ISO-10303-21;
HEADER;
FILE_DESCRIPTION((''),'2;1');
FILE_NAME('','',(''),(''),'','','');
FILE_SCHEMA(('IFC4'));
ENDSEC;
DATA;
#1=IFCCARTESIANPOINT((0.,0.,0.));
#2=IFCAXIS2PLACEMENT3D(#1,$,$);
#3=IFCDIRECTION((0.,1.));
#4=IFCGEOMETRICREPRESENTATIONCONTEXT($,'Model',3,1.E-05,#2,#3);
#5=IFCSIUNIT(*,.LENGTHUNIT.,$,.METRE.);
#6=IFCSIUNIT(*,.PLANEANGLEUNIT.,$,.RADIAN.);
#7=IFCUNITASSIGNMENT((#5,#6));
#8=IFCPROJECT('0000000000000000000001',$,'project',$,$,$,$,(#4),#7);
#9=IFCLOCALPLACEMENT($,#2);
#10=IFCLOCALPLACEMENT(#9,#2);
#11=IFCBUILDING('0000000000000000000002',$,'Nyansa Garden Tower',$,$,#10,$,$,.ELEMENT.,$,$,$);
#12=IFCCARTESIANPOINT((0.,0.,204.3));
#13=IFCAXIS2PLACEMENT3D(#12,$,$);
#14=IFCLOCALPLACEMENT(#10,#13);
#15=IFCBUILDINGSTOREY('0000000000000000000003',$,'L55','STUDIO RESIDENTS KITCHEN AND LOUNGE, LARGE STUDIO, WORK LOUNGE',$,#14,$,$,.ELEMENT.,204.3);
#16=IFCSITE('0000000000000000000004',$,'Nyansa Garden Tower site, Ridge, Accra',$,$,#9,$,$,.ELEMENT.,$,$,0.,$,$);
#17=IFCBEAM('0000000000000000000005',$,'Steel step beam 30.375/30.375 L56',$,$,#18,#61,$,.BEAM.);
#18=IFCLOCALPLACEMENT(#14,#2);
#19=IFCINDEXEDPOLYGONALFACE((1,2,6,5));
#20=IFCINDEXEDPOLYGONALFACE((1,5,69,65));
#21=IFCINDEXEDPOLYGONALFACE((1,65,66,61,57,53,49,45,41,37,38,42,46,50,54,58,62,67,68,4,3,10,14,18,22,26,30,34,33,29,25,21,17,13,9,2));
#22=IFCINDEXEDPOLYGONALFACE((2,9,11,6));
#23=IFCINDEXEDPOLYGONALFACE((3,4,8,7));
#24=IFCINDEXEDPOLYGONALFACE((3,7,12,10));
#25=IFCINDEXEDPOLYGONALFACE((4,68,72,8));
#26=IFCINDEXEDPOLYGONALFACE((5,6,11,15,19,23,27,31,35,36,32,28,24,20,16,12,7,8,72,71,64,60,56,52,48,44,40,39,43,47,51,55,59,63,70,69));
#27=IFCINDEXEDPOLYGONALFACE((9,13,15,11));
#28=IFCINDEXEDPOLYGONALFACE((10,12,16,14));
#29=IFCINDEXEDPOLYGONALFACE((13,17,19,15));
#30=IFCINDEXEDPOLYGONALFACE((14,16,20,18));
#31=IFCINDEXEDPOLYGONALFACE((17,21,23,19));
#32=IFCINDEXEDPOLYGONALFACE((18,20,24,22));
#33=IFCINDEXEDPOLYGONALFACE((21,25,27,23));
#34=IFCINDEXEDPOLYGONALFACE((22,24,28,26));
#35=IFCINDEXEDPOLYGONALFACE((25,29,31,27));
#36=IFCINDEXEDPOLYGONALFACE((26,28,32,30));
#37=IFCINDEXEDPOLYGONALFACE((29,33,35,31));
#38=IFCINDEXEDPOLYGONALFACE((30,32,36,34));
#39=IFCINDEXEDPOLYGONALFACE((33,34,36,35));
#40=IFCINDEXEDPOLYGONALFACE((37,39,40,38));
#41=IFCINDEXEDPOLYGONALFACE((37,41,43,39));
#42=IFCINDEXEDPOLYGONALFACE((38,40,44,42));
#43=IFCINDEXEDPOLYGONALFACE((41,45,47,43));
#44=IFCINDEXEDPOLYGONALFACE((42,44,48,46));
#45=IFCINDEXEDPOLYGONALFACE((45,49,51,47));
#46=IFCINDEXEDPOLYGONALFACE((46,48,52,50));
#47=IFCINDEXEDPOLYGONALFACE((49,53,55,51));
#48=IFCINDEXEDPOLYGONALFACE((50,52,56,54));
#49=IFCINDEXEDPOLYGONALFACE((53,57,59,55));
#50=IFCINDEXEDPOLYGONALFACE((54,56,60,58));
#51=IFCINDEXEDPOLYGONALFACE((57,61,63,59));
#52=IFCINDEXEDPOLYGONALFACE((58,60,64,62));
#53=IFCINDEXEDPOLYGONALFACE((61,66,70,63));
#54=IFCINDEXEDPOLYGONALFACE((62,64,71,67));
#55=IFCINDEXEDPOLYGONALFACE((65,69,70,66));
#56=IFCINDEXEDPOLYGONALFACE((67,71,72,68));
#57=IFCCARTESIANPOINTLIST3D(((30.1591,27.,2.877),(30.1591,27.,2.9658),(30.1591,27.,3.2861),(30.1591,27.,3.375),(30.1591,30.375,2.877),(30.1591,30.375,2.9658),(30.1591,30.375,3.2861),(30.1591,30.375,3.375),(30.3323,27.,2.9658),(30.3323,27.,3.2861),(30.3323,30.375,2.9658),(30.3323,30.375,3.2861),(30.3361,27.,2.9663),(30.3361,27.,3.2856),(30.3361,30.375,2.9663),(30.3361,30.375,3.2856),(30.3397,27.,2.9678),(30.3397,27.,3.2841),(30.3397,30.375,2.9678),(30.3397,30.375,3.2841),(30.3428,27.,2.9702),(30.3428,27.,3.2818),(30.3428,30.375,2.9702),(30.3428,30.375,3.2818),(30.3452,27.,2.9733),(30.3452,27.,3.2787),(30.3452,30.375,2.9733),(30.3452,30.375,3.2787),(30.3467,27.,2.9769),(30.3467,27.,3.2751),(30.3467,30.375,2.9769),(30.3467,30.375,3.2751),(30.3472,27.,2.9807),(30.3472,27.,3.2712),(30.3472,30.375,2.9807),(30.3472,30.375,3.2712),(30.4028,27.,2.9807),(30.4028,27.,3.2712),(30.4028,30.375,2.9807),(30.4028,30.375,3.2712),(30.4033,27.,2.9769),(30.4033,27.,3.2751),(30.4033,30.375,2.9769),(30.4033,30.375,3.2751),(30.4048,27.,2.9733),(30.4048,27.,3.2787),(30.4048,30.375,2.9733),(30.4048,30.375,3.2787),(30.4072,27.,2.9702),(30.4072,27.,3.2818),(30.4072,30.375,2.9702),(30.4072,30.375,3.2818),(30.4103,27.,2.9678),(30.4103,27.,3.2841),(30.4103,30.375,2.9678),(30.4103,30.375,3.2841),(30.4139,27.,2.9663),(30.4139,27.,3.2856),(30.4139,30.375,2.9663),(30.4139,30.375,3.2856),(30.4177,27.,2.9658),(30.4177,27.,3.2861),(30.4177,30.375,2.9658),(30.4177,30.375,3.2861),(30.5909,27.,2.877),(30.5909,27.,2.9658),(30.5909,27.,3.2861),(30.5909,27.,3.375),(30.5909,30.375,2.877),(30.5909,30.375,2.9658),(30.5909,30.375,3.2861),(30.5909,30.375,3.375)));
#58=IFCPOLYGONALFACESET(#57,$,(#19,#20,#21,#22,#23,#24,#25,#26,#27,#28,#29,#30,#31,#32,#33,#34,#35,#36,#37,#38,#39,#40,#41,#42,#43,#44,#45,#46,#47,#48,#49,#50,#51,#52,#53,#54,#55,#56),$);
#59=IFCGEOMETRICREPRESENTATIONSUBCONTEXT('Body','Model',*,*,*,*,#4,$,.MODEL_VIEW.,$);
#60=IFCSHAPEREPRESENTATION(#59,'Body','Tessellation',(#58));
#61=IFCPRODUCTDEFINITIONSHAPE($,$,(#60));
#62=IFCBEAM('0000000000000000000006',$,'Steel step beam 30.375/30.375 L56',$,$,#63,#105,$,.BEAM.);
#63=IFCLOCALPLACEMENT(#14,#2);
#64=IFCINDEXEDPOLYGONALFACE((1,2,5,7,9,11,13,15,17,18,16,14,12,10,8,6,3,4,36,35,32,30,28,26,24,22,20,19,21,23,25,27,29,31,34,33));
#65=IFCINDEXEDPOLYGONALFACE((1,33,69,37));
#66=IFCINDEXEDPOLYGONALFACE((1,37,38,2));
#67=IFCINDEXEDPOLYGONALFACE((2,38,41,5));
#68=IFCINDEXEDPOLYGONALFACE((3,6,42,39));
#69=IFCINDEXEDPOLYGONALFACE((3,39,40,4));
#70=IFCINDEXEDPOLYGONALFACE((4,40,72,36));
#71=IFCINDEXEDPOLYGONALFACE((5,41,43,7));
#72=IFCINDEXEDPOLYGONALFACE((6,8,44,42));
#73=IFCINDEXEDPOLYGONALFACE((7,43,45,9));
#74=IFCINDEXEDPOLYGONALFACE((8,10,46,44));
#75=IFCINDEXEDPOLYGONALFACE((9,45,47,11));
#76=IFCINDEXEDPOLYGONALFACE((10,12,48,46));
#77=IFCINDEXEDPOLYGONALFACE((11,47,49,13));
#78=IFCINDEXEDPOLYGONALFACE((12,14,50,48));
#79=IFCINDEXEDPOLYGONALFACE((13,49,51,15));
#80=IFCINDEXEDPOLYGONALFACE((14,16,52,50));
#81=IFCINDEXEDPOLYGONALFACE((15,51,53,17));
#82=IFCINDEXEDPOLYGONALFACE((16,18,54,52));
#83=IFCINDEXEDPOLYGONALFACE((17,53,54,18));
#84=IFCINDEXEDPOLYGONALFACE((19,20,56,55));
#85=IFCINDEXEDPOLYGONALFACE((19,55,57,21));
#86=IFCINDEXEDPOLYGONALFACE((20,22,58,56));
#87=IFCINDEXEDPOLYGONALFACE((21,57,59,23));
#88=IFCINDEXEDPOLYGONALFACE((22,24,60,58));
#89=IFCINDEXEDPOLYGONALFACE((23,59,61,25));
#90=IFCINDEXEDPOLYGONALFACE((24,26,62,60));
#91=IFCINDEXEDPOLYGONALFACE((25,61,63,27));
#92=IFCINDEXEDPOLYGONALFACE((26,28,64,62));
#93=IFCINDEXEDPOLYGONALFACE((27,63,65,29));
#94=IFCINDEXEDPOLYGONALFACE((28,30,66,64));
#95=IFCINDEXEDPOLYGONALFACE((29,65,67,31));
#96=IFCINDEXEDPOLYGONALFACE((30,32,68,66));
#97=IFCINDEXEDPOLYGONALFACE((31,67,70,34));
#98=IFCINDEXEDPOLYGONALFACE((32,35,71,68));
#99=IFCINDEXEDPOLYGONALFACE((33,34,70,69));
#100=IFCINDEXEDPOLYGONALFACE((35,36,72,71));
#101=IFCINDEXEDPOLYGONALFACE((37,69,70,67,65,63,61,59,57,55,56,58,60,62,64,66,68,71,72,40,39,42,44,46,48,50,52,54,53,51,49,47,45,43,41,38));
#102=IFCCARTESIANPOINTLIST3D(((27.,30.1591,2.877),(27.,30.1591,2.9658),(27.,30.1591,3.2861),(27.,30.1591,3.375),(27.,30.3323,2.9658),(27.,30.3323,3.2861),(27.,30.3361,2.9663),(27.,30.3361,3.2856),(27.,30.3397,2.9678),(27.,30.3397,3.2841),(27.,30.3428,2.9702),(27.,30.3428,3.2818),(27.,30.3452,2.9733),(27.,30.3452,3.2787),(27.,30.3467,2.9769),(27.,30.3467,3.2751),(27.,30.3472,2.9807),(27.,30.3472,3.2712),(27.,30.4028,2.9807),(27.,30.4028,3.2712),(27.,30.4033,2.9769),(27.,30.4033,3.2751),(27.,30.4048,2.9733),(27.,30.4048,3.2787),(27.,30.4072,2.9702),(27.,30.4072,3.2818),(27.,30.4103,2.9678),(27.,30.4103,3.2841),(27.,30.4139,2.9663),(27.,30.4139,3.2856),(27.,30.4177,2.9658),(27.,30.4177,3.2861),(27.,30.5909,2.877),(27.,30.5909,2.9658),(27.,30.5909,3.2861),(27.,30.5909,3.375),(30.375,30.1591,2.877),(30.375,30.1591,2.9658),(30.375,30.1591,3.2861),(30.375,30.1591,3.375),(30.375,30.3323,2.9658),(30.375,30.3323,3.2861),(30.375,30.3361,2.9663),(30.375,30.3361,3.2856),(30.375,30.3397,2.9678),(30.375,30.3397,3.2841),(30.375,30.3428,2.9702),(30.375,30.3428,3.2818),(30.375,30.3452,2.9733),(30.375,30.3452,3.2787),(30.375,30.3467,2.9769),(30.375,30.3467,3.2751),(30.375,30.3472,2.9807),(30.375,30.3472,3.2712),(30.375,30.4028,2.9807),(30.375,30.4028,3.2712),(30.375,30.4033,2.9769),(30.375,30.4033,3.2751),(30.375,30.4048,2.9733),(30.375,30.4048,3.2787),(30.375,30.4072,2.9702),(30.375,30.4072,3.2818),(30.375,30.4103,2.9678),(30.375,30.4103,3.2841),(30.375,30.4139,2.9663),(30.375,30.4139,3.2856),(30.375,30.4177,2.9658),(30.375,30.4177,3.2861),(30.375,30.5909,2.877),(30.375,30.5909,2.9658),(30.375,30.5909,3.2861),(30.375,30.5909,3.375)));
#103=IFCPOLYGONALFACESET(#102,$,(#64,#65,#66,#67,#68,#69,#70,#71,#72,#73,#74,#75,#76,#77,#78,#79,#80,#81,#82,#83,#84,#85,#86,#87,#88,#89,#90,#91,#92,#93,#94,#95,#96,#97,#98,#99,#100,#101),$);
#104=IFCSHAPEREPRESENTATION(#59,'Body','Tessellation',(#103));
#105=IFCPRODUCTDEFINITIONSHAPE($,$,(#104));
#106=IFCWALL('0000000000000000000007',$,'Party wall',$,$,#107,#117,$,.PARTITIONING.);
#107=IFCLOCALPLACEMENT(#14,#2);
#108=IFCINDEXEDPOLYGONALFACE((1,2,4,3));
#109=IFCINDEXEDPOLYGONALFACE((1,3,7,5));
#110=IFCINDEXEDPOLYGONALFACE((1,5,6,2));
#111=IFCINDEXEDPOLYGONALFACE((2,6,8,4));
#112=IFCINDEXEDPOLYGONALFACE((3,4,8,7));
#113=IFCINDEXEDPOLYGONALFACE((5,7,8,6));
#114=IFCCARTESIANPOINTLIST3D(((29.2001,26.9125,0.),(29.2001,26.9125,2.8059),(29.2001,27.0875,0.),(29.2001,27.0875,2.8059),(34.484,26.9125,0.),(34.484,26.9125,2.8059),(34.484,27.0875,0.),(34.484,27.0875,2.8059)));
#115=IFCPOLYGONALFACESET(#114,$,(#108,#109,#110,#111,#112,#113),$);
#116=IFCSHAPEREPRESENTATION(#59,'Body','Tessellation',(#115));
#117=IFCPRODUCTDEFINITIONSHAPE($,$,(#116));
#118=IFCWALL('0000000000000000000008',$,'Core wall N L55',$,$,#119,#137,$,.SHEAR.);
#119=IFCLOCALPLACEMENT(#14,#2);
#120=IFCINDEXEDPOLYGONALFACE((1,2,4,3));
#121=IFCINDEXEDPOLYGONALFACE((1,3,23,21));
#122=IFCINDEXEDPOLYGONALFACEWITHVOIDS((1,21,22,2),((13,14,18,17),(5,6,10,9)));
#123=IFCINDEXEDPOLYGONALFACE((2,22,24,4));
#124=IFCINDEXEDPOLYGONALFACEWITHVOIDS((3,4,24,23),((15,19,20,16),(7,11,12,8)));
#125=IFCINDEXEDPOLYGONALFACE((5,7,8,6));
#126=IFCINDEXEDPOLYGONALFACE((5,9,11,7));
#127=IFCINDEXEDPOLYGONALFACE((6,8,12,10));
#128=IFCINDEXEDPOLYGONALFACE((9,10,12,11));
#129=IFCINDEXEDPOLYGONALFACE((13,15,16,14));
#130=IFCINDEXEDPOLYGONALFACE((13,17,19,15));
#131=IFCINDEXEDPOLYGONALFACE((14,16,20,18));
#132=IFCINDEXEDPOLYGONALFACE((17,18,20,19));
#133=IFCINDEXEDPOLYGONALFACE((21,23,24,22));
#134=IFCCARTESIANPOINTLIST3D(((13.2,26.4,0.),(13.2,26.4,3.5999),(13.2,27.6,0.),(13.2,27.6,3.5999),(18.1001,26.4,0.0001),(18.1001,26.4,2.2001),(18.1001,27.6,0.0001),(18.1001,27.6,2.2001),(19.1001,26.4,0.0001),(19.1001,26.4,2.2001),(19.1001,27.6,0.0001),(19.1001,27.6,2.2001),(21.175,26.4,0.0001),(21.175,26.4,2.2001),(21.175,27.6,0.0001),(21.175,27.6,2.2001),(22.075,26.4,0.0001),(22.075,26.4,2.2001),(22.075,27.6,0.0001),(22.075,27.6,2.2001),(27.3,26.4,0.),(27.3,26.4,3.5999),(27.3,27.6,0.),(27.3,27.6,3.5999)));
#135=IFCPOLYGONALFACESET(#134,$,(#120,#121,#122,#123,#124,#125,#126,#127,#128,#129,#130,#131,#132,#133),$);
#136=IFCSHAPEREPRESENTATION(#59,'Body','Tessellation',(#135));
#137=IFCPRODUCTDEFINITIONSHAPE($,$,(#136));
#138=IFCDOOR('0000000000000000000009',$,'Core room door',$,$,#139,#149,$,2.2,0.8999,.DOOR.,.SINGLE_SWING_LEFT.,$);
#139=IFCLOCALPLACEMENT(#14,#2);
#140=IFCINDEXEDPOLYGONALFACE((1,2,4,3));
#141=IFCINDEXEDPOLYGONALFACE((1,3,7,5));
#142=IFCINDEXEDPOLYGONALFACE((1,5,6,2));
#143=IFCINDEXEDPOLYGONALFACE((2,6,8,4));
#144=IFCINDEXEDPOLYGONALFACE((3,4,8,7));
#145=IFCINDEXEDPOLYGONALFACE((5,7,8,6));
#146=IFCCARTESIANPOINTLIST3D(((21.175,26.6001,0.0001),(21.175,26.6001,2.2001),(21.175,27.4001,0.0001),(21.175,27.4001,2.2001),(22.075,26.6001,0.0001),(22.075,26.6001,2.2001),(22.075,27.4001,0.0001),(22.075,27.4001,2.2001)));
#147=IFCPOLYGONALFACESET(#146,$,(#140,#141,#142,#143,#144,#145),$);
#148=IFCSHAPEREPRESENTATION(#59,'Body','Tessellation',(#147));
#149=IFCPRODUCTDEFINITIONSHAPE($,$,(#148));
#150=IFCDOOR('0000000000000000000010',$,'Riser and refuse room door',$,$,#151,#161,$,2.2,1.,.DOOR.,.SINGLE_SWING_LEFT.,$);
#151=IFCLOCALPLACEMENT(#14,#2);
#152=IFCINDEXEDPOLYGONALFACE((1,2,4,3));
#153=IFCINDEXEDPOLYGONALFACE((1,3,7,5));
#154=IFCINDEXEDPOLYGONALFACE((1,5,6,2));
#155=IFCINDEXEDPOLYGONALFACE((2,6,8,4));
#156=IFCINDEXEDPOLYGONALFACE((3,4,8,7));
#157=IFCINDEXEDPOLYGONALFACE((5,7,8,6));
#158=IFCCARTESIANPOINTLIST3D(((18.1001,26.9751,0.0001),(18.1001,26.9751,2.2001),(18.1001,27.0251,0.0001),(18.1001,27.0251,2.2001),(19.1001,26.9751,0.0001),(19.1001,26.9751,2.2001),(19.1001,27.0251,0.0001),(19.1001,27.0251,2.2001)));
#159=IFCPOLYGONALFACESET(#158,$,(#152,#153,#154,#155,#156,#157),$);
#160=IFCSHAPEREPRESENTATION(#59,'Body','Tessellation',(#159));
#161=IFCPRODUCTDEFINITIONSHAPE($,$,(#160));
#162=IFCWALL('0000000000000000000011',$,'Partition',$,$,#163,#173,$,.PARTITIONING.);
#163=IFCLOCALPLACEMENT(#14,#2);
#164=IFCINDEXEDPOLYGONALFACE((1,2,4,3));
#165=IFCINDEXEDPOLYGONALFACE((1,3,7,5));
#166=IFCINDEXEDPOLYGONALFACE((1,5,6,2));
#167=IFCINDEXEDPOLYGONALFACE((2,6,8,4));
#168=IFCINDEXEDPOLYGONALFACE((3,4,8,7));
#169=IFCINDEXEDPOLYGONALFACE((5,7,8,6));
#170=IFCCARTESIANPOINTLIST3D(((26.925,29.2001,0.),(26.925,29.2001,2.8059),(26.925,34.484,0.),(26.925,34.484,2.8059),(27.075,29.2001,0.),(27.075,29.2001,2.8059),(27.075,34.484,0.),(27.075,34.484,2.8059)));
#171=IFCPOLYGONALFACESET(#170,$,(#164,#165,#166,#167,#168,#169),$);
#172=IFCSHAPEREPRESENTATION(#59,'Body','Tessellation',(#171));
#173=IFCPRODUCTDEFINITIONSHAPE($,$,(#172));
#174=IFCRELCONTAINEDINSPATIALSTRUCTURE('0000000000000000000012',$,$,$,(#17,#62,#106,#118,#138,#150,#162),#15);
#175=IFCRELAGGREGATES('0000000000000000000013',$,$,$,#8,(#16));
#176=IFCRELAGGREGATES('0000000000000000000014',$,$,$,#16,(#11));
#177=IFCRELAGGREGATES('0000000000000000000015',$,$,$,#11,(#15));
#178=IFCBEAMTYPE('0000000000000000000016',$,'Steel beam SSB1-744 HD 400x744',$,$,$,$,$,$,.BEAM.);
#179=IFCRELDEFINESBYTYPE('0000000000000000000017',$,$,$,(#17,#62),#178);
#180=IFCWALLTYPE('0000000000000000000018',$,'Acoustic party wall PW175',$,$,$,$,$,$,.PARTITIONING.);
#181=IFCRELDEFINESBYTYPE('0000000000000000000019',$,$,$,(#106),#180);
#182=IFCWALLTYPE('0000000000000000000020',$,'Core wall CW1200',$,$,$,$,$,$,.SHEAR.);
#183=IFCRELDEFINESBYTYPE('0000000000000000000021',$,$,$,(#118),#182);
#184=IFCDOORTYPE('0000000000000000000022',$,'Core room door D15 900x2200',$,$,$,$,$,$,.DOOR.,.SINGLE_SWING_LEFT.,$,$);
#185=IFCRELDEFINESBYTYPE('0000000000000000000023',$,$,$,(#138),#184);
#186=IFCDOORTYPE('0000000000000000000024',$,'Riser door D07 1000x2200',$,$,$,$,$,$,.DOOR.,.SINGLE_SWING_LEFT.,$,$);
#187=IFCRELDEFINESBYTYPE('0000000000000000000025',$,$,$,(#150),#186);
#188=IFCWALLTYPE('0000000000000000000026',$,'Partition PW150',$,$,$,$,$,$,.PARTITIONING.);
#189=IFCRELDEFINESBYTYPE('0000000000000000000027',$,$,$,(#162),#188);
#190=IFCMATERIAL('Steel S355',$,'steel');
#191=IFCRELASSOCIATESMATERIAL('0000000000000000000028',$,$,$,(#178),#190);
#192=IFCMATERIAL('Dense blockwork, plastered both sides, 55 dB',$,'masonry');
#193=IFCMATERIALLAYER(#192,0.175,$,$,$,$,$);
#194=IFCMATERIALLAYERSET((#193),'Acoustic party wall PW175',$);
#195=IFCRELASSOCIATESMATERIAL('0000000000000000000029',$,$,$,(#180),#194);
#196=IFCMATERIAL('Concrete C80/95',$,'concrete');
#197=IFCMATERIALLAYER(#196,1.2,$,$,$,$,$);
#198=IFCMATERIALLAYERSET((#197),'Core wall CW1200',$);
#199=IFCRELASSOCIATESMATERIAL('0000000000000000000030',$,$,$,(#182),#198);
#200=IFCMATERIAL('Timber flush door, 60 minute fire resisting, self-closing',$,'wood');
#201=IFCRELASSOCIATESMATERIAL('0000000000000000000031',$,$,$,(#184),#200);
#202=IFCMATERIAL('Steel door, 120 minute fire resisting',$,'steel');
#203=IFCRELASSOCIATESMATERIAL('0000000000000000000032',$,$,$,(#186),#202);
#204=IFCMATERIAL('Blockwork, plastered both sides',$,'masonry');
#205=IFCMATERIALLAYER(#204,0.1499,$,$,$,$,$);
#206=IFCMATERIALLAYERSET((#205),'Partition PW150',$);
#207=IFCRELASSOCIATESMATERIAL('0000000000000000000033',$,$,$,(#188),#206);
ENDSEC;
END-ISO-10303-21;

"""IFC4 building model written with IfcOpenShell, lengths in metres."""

from ifc_helpers import new_model, si_unit, direction, frame, frame_2d, origin, origin_2d, place, context, subcontext, project, spatial, rectangle, i_section, extrude, material, layer, layer_set, material_profile, profile_set, type_object, element, fill, save


model = new_model("IFC4")

# Units and contexts
model_context = context("Model", 3, precision=1e-05, world=origin(), true_north=direction((0.0, 1.0)))
body_context = subcontext(model_context, "Body", "Model", "MODEL_VIEW")
ifc_project = project(units=[si_unit("LENGTHUNIT", "METRE"), si_unit("PLANEANGLEUNIT", "RADIAN")], contexts=[model_context])

# Site, building, storey
site_placement = place(None, origin())
site = spatial("IfcSite", under=ifc_project, at=site_placement, Name="Nyansa Garden Tower site, Ridge, Accra", CompositionType="ELEMENT", RefElevation=0.0)
building_placement = place(site_placement, origin())
building = spatial("IfcBuilding", under=site, at=building_placement, Name="Nyansa Garden Tower", CompositionType="ELEMENT")
storey_placement = place(building_placement, frame((0.0, 0.0, 204.3)))
storey = spatial("IfcBuildingStorey", under=building, at=storey_placement, Name="L55", Description="STUDIO RESIDENTS KITCHEN AND LOUNGE, LARGE STUDIO, WORK LOUNGE", CompositionType="ELEMENT", Elevation=204.3)

# Beams
ifc_material_1 = material(Name="Steel S355", Category="steel")
ifc_material_profile_1 = material_profile(ifc_material_1, i_section(OverallWidth=0.4319, OverallDepth=0.498, WebThickness=0.0557, FlangeThickness=0.0889, FilletRadius=0.0149, at=origin_2d()), Name="HD 400x744")
ifc_profile_set_1 = profile_set([ifc_material_profile_1], Name="Steel S355")
beam_type_1 = type_object("IfcBeamType", Name="Steel beam SSB1-744 HD 400x744", PredefinedType="BEAM", material=ifc_profile_set_1)
for number, where, z_axis, x_axis, name in (
    (1, (30.375, 30.375, 3.126), (0.0, -1.0, 0.0), (1.0, 0.0, 0.0), "Steel step beam 30.375/30.375 L56"),
    (2, (30.375, 30.375, 3.126), (-1.0, 0.0, 0.0), (0.0, -1.0, 0.0), "Steel step beam 30.375/30.375 L56"),
):
    element("IfcBeam", number, at=place(storey_placement, frame(where, z_axis=z_axis, x_axis=x_axis)), inside=storey, type_object=beam_type_1, Name=name, PredefinedType="BEAM", context=body_context, shape_type="SweptSolid", body=[
        extrude(i_section(OverallWidth=0.4319, OverallDepth=0.498, WebThickness=0.0557, FlangeThickness=0.0889, FilletRadius=0.0149, at=origin_2d()), origin(), (0.0, 0.0, 1.0), 3.375),
    ])

# Wall
ifc_material_2 = material(Name="Dense blockwork, plastered both sides, 55 dB", Category="masonry")
ifc_layer_1 = layer(ifc_material_2, 0.175)
ifc_layer_set_1 = layer_set([ifc_layer_1], Name="Acoustic party wall PW175")
wall_type_1 = type_object("IfcWallType", Name="Acoustic party wall PW175", PredefinedType="PARTITIONING", material=ifc_layer_set_1)
wall_1_placement = place(storey_placement, frame((29.2, 27.0, 0.0), z_axis=(0.0, 0.0, 1.0), x_axis=(1.0, 0.0, 0.0)))
element("IfcWall", 3, at=wall_1_placement, inside=storey, type_object=wall_type_1, Name="Party wall", PredefinedType="PARTITIONING", context=body_context, shape_type="SweptSolid", body=[
    extrude(rectangle(XDim=5.2839, YDim=0.175, at=frame_2d((2.6421, 0.0))), origin(), (0.0, 0.0, 1.0), 2.8059),
])

# Wall, openings, doors
ifc_material_3 = material(Name="Concrete C80/95", Category="concrete")
ifc_layer_2 = layer(ifc_material_3, 1.2)
ifc_layer_set_2 = layer_set([ifc_layer_2], Name="Core wall CW1200")
wall_type_2 = type_object("IfcWallType", Name="Core wall CW1200", PredefinedType="SHEAR", material=ifc_layer_set_2)
wall_2_placement = place(storey_placement, frame((27.3, 27.0, 0.0), z_axis=(0.0, 0.0, 1.0), x_axis=(-1.0, 0.0, 0.0)))
wall_2 = element("IfcWall", 4, at=wall_2_placement, inside=storey, type_object=wall_type_2, Name="Core wall N L55", PredefinedType="SHEAR", context=body_context, shape_type="SweptSolid", body=[
    extrude(rectangle(XDim=14.1001, YDim=1.2, at=frame_2d((7.05, 0.0))), origin(), (0.0, 0.0, 1.0), 3.5999),
])
opening_1_placement = place(wall_2_placement, frame((5.2251, 0.0, 0.0)))
opening_1 = element("IfcOpeningElement", 5, at=opening_1_placement, cuts=wall_2, PredefinedType="OPENING", context=body_context, shape_type="SweptSolid", body=[
    extrude(rectangle(XDim=0.8999, YDim=2.2, at=frame_2d((0.45, 1.1001))), frame((0.0, 0.6099, 0.0), z_axis=(0.0, -1.0, 0.0), x_axis=(1.0, 0.0, 0.0)), (0.0, 0.0, 1.0), 1.22),
])
opening_2_placement = place(wall_2_placement, frame((8.2, 0.0, 0.0)))
opening_2 = element("IfcOpeningElement", 6, at=opening_2_placement, cuts=wall_2, PredefinedType="OPENING", context=body_context, shape_type="SweptSolid", body=[
    extrude(rectangle(XDim=1.0, YDim=2.2, at=frame_2d((0.5, 1.1001))), frame((0.0, 0.6099, 0.0), z_axis=(0.0, -1.0, 0.0), x_axis=(1.0, 0.0, 0.0)), (0.0, 0.0, 1.0), 1.22),
])
ifc_material_4 = material(Name="Timber flush door, 60 minute fire resisting, self-closing", Category="wood")
door_type_1 = type_object("IfcDoorType", Name="Core room door D15 900x2200", OperationType="SINGLE_SWING_LEFT", PredefinedType="DOOR", material=ifc_material_4)
door_1_placement = place(opening_1_placement, origin())
door_1 = element("IfcDoor", 7, at=door_1_placement, inside=storey, type_object=door_type_1, Name="Core room door", OperationType="SINGLE_SWING_LEFT", OverallHeight=2.2, OverallWidth=0.8999, PredefinedType="DOOR", context=body_context, shape_type="SweptSolid", body=[
    extrude(rectangle(XDim=0.8999, YDim=2.2, at=frame_2d((0.45, 1.1001))), frame((0.0, 0.3999, 0.0), z_axis=(0.0, -1.0, 0.0), x_axis=(1.0, 0.0, 0.0)), (0.0, 0.0, 1.0), 0.8),
])
fill(opening_1, door_1)
ifc_material_5 = material(Name="Steel door, 120 minute fire resisting", Category="steel")
door_type_2 = type_object("IfcDoorType", Name="Riser door D07 1000x2200", OperationType="SINGLE_SWING_LEFT", PredefinedType="DOOR", material=ifc_material_5)
door_2_placement = place(opening_2_placement, origin())
door_2 = element("IfcDoor", 8, at=door_2_placement, inside=storey, type_object=door_type_2, Name="Riser and refuse room door", OperationType="SINGLE_SWING_LEFT", OverallHeight=2.2, OverallWidth=1.0, PredefinedType="DOOR", context=body_context, shape_type="SweptSolid", body=[
    extrude(rectangle(XDim=1.0, YDim=2.2, at=frame_2d((0.5, 1.1001))), frame((0.0, 0.0249, 0.0), z_axis=(0.0, -1.0, 0.0), x_axis=(1.0, 0.0, 0.0)), (0.0, 0.0, 1.0), 0.05),
])
fill(opening_2, door_2)

# Wall
ifc_material_6 = material(Name="Blockwork, plastered both sides", Category="masonry")
ifc_layer_3 = layer(ifc_material_6, 0.1499)
ifc_layer_set_3 = layer_set([ifc_layer_3], Name="Partition PW150")
wall_type_3 = type_object("IfcWallType", Name="Partition PW150", PredefinedType="PARTITIONING", material=ifc_layer_set_3)
wall_3_placement = place(storey_placement, frame((27.0, 29.2, 0.0), z_axis=(0.0, 0.0, 1.0), x_axis=(0.0, 1.0, 0.0)))
element("IfcWall", 9, at=wall_3_placement, inside=storey, type_object=wall_type_3, Name="Partition", PredefinedType="PARTITIONING", context=body_context, shape_type="SweptSolid", body=[
    extrude(rectangle(XDim=5.2839, YDim=0.1499, at=frame_2d((2.6421, 0.0))), origin(), (0.0, 0.0, 1.0), 2.8059),
])

save(model, "model.ifc")
